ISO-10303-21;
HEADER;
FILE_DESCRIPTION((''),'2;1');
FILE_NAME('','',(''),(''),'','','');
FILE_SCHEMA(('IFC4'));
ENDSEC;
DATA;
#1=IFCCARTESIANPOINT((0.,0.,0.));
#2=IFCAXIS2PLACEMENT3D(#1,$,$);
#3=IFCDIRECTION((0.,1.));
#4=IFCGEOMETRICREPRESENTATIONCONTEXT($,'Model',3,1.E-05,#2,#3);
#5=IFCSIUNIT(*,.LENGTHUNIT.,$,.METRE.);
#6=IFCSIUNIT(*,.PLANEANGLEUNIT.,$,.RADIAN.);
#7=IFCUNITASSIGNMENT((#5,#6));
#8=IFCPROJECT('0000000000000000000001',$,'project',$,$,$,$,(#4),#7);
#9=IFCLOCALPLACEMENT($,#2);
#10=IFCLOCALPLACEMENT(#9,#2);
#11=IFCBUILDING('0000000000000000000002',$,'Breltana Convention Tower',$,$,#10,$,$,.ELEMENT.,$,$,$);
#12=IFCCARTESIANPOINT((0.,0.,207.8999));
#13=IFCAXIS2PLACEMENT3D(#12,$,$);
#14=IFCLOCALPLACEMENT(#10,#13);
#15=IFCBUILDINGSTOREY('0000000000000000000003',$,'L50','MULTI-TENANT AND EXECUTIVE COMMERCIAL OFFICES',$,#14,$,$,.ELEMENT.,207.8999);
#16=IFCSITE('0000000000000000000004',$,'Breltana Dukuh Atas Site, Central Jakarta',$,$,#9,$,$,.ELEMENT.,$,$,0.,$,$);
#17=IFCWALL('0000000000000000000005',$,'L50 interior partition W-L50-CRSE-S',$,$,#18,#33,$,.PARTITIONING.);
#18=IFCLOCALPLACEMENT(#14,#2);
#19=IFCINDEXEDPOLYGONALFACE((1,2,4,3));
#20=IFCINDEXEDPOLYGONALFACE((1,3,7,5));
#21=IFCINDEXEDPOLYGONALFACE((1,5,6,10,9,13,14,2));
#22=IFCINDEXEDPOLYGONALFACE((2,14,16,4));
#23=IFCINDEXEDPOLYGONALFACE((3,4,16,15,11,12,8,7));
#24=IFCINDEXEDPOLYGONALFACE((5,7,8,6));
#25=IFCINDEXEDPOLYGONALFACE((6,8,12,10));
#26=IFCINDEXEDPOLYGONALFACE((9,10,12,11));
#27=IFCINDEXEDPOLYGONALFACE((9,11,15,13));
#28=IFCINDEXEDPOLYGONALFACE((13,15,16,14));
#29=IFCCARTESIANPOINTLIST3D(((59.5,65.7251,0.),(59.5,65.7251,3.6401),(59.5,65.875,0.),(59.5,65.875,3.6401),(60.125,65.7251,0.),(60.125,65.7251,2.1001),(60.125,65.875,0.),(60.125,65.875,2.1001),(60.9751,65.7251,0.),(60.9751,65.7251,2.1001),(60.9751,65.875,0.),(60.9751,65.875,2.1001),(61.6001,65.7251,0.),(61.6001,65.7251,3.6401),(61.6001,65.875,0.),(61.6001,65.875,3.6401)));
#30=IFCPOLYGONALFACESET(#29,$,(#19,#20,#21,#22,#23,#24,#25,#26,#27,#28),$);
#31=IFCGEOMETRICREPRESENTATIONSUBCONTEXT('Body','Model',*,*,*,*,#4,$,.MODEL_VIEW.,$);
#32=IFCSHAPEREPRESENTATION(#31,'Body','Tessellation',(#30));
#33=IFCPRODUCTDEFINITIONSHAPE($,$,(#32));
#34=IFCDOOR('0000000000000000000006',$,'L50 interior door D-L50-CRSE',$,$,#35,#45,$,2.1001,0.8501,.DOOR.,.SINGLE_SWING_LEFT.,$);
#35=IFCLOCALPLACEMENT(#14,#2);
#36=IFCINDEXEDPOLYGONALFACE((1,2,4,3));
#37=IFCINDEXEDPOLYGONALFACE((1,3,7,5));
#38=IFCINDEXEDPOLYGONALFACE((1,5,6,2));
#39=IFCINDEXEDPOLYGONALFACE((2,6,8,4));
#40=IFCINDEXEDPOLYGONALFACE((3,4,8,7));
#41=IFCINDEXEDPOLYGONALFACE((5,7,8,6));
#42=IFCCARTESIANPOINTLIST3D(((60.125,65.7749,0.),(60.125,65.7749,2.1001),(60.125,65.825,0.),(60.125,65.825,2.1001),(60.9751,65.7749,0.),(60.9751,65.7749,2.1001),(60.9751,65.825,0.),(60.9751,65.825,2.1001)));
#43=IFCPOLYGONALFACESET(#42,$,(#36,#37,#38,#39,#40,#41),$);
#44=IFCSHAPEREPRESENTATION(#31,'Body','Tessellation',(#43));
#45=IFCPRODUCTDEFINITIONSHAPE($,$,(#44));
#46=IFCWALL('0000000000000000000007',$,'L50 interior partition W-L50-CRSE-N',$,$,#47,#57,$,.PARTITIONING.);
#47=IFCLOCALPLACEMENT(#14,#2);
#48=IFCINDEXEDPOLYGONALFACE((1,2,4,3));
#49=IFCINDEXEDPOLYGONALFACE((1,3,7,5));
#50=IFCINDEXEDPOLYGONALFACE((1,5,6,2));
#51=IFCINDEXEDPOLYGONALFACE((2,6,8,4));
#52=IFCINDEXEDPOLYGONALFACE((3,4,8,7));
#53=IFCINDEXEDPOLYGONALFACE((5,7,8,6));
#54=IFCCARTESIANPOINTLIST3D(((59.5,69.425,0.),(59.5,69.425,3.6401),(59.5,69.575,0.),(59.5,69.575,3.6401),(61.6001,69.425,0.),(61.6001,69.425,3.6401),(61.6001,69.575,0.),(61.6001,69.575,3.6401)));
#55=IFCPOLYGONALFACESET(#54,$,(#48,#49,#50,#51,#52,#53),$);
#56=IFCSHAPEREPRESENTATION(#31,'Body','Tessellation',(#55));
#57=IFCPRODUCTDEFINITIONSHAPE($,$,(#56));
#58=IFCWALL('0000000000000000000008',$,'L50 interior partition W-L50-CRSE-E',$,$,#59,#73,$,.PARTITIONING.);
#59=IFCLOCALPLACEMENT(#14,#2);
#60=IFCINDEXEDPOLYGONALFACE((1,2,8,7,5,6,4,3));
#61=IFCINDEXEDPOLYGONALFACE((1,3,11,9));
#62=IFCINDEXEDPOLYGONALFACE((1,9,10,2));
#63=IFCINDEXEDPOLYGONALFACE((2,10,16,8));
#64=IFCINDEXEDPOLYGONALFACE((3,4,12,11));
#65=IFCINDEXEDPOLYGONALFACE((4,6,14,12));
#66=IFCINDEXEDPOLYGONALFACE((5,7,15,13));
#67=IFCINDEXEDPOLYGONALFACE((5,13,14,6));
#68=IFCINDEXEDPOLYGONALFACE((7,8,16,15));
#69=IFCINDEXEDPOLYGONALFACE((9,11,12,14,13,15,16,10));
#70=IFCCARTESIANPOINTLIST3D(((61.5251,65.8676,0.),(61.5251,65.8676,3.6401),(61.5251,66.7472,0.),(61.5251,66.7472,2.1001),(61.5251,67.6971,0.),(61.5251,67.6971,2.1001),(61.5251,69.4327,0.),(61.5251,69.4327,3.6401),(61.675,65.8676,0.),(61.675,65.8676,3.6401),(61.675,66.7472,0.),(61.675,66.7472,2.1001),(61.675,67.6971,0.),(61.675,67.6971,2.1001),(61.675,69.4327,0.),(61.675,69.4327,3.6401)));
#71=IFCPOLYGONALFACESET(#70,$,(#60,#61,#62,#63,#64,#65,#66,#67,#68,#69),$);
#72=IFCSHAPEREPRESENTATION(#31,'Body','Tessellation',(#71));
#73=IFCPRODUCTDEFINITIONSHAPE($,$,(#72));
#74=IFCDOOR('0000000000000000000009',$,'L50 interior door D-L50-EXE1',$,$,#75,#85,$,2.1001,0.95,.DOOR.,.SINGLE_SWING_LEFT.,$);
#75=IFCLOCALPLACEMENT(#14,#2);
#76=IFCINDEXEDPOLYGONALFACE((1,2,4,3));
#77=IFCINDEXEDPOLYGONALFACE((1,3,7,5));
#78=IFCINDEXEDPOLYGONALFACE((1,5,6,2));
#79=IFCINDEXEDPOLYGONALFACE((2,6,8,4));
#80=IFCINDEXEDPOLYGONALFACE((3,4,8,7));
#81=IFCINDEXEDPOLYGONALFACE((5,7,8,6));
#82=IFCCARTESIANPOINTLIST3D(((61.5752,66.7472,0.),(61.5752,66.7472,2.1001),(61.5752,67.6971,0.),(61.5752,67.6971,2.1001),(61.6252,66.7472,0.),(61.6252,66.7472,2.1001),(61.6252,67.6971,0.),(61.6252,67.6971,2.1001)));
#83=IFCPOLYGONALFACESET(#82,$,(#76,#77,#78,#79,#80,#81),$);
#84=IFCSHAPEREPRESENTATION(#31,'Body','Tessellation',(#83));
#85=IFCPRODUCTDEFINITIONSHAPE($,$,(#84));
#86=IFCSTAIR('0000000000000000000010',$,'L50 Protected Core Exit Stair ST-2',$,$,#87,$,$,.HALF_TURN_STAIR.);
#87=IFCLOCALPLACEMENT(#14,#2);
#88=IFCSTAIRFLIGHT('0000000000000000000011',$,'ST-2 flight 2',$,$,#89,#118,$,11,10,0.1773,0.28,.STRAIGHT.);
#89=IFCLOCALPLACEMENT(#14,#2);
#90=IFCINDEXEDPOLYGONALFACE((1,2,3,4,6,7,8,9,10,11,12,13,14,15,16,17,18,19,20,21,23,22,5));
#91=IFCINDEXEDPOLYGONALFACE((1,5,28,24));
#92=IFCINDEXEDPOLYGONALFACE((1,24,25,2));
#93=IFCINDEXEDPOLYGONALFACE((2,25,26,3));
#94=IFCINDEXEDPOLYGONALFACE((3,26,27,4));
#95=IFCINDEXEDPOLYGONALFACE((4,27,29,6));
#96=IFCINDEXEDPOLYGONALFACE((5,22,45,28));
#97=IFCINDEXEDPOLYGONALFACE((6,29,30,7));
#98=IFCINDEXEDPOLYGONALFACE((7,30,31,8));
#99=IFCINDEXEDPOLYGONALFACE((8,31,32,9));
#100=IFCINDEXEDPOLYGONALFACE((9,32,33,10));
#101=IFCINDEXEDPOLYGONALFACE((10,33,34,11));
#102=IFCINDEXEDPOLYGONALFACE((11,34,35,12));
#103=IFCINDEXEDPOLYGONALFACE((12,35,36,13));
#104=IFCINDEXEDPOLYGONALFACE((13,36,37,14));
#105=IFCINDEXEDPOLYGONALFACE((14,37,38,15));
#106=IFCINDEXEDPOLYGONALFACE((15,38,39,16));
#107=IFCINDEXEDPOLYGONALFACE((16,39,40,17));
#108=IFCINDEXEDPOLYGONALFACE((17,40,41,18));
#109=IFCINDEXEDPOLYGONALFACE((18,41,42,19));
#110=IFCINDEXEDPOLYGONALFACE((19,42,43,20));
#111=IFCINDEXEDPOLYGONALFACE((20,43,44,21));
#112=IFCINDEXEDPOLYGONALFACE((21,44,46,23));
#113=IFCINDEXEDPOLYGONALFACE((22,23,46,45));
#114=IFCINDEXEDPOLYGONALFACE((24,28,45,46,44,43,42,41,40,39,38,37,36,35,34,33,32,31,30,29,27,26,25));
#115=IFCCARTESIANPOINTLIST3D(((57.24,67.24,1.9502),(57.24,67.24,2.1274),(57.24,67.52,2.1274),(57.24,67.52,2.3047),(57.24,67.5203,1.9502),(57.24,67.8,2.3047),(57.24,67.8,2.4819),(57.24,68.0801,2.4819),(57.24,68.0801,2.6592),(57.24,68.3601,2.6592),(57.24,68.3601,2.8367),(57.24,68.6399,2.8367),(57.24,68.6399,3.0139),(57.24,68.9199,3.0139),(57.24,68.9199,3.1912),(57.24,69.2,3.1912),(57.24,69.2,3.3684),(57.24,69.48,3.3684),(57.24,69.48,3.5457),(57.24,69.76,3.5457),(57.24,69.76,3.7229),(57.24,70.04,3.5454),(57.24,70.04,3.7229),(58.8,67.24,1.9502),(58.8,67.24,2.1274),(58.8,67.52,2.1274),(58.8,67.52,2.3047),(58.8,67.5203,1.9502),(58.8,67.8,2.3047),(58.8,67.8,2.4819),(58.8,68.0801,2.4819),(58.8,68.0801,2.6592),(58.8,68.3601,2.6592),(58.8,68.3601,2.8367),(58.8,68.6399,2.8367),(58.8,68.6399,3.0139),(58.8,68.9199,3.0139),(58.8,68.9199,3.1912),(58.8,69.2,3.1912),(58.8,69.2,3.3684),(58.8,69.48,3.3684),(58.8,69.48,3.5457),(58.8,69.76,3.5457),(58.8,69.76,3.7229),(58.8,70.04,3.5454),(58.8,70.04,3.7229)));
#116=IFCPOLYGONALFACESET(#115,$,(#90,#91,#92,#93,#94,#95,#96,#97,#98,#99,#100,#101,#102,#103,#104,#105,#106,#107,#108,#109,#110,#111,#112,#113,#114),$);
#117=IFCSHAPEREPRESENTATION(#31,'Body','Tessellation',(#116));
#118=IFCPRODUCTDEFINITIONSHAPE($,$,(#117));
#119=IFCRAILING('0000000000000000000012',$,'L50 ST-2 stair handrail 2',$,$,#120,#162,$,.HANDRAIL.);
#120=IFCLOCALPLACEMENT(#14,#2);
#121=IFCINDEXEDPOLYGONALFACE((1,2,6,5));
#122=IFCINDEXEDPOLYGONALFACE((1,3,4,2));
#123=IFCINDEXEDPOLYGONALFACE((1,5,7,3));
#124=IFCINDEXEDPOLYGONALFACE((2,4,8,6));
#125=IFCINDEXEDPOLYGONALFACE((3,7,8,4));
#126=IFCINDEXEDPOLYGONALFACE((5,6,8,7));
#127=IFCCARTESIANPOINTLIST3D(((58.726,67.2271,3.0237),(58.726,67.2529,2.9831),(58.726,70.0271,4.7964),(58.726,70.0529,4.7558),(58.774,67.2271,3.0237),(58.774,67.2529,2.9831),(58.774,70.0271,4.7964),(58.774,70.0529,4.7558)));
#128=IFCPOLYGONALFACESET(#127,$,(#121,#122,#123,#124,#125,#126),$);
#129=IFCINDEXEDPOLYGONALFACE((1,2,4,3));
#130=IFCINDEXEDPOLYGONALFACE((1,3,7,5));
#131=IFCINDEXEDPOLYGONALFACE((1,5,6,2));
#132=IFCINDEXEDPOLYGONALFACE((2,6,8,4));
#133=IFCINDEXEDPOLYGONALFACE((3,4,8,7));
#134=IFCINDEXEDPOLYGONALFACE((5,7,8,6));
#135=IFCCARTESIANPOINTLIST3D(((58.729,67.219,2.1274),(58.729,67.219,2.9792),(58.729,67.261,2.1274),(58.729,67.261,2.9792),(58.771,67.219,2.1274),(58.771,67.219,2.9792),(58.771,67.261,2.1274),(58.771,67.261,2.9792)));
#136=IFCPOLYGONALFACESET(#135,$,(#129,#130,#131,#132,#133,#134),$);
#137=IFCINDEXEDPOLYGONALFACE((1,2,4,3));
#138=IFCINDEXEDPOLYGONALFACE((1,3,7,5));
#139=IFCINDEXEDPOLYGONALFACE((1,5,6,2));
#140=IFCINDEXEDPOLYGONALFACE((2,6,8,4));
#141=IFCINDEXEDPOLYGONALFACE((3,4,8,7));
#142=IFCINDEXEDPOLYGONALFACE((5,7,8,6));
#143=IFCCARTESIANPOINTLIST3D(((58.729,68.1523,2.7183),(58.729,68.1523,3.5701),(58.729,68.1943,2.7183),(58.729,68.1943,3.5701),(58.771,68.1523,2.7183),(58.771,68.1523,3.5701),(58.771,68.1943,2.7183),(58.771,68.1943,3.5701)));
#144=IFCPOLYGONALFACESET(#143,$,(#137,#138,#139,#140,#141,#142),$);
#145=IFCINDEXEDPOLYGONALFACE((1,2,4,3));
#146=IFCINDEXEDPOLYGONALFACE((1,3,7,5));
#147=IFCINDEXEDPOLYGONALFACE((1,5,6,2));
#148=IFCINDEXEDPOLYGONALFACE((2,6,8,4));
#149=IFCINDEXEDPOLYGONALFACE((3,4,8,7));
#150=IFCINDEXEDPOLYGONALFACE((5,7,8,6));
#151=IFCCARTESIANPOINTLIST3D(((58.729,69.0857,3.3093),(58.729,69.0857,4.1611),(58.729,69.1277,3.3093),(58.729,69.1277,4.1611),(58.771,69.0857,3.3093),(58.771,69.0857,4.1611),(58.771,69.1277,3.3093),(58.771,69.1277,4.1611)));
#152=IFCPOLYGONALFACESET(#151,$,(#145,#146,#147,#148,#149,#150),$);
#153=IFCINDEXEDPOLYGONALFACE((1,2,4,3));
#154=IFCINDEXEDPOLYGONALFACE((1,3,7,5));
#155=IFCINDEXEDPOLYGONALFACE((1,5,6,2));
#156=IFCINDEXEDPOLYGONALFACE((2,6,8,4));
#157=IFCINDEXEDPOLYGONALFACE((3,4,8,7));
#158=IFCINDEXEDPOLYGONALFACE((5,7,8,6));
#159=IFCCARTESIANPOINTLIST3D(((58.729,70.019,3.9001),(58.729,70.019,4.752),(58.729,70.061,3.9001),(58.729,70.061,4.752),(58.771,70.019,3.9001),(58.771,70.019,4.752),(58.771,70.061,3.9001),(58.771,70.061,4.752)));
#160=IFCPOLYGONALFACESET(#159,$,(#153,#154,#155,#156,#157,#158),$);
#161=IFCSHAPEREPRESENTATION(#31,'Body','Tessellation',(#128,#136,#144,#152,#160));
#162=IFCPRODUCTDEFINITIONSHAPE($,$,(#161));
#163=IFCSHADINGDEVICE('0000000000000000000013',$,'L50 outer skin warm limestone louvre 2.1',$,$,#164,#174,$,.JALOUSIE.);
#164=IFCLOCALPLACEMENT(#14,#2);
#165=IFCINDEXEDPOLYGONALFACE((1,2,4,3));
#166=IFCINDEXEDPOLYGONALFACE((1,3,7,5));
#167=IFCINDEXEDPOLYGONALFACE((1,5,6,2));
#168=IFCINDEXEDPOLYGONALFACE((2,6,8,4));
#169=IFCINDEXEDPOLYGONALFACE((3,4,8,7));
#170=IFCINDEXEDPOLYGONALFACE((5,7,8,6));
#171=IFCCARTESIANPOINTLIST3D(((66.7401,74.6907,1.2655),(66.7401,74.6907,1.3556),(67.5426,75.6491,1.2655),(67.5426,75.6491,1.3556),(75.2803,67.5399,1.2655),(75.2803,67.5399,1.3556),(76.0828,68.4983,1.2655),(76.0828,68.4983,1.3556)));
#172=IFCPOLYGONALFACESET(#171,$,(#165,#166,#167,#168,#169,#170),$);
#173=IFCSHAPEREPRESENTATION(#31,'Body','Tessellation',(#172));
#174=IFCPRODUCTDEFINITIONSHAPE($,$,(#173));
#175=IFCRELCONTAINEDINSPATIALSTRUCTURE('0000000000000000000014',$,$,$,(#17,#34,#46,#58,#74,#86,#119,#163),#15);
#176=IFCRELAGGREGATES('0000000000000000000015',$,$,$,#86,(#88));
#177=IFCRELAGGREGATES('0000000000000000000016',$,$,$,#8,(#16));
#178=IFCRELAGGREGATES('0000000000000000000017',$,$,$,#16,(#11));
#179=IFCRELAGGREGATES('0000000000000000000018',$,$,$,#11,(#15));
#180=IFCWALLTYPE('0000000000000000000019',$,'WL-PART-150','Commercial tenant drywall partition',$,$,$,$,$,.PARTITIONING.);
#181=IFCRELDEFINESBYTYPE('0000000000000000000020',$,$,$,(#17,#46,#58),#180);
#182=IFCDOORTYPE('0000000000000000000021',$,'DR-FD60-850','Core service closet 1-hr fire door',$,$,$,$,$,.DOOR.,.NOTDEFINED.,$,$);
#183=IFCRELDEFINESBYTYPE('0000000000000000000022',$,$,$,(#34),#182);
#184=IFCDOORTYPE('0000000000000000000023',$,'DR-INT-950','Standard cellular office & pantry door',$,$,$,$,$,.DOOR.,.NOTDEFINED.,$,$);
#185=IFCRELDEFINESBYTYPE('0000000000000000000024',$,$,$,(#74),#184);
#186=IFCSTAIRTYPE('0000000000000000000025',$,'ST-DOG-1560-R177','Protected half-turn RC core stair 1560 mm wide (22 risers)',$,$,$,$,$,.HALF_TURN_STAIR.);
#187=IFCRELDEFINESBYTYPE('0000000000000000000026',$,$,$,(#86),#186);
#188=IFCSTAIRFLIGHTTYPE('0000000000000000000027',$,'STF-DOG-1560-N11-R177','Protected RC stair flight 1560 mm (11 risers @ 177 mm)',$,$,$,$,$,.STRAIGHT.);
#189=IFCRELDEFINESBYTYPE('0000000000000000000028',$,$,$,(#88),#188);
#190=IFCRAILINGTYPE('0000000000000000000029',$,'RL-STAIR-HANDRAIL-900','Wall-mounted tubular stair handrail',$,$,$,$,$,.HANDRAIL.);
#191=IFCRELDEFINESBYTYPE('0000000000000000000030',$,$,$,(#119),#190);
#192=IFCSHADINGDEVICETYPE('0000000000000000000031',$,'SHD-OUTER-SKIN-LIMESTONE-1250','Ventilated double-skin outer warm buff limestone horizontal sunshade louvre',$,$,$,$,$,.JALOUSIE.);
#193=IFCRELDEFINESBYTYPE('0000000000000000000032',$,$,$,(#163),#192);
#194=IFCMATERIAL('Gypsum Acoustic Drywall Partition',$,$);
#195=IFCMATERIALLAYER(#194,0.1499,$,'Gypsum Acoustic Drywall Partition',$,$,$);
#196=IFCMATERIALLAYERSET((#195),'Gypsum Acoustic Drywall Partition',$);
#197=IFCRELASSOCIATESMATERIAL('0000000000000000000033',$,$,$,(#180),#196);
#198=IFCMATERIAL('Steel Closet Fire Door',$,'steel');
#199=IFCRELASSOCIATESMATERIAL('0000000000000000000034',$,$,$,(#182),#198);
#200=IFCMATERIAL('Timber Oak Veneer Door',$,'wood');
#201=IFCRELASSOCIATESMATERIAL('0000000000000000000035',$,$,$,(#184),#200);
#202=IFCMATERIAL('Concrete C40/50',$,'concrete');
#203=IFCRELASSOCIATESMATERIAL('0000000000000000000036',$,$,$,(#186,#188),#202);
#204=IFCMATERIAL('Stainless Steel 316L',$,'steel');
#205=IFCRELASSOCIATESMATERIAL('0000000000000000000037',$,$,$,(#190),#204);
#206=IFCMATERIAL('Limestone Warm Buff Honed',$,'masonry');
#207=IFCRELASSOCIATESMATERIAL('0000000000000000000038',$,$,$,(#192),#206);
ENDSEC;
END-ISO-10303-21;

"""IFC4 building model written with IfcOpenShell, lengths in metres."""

from ifc_helpers import new_model, si_unit, direction, frame, frame_2d, origin, origin_2d, place, context, subcontext, project, spatial, polyline, rectangle, outline, extrude, source, transform, mapped, material, layer, layer_set, material_profile, profile_set, type_object, type_shapes, element, fill, aggregate, save


model = new_model("IFC4")

# Units and contexts
model_context = context("Model", 3, precision=1e-05, world=origin(), true_north=direction((0.0, 1.0)))
body_context = subcontext(model_context, "Body", "Model", "MODEL_VIEW")
ifc_project = project(units=[si_unit("LENGTHUNIT", "METRE"), si_unit("PLANEANGLEUNIT", "RADIAN")], contexts=[model_context])

# Site, building, storey
site_placement = place(None, origin())
site = spatial("IfcSite", under=ifc_project, at=site_placement, Name="Breltana Dukuh Atas Site, Central Jakarta", CompositionType="ELEMENT", RefElevation=0.0)
building_placement = place(site_placement, origin())
building = spatial("IfcBuilding", under=site, at=building_placement, Name="Breltana Convention Tower", CompositionType="ELEMENT")
storey_placement = place(building_placement, frame((0.0, 0.0, 207.8999)))
storey = spatial("IfcBuildingStorey", under=building, at=storey_placement, Name="L50", Description="MULTI-TENANT AND EXECUTIVE COMMERCIAL OFFICES", CompositionType="ELEMENT", Elevation=207.8999)

# Wall, opening, door
ifc_material_1 = material(Name="Gypsum Acoustic Drywall Partition")
ifc_layer_1 = layer(ifc_material_1, 0.1499, Name="Gypsum Acoustic Drywall Partition")
ifc_layer_set_1 = layer_set([ifc_layer_1], Name="Gypsum Acoustic Drywall Partition")
wall_type_1 = type_object("IfcWallType", Name="WL-PART-150", Description="Commercial tenant drywall partition", PredefinedType="PARTITIONING", material=ifc_layer_set_1)
shared_shape_1 = source(origin(), body_context, "Body", "SweptSolid", [
    extrude(rectangle(XDim=2.1001, YDim=0.1499, at=frame_2d((1.05, 0.0))), origin(), (0.0, 0.0, 1.0), 3.6401),
])
wall_1_placement = place(storey_placement, frame((59.5, 65.8, 0.0), z_axis=(0.0, 0.0, 1.0), x_axis=(1.0, 0.0, 0.0)))
wall_1 = element("IfcWall", 1, at=wall_1_placement, inside=storey, type_object=wall_type_1, Name="L50 interior partition W-L50-CRSE-S", PredefinedType="PARTITIONING", context=body_context, shape_type="MappedRepresentation", body=[
    mapped(shared_shape_1, transform((0.0, 0.0, 0.0), scale=1.0)),
])
opening_1_placement = place(wall_1_placement, frame((0.625, 0.0, 0.0)))
opening_1 = element("IfcOpeningElement", 2, at=opening_1_placement, cuts=wall_1, PredefinedType="OPENING", context=body_context, shape_type="SweptSolid", body=[
    extrude(rectangle(XDim=0.8501, YDim=2.1001, at=frame_2d((0.425, 1.05))), frame((0.0, 0.085, 0.0), z_axis=(0.0, -1.0, 0.0), x_axis=(1.0, 0.0, 0.0)), (0.0, 0.0, 1.0), 0.1699),
])
ifc_material_2 = material(Name="Steel Closet Fire Door", Category="steel")
door_type_1 = type_object("IfcDoorType", Name="DR-FD60-850", Description="Core service closet 1-hr fire door", OperationType="NOTDEFINED", PredefinedType="DOOR", material=ifc_material_2)
shared_shape_2 = source(origin(), body_context, "Body", "SweptSolid", [
    extrude(rectangle(XDim=0.8501, YDim=2.1001, at=frame_2d((0.425, 1.05))), frame((0.0, 0.0249, 0.0), z_axis=(0.0, -1.0, 0.0), x_axis=(1.0, 0.0, 0.0)), (0.0, 0.0, 1.0), 0.05),
])
type_shapes(door_type_1, [shared_shape_2])
door_1_placement = place(opening_1_placement, origin())
door_1 = element("IfcDoor", 3, at=door_1_placement, inside=storey, type_object=door_type_1, Name="L50 interior door D-L50-CRSE", OperationType="SINGLE_SWING_LEFT", OverallHeight=2.1001, OverallWidth=0.8501, PredefinedType="DOOR", context=body_context, shape_type="MappedRepresentation", body=[
    mapped(shared_shape_2, transform((0.0, 0.0, 0.0), scale=1.0)),
])
fill(opening_1, door_1)

# Wall
wall_2_placement = place(storey_placement, frame((59.5, 69.5, 0.0), z_axis=(0.0, 0.0, 1.0), x_axis=(1.0, 0.0, 0.0)))
element("IfcWall", 4, at=wall_2_placement, inside=storey, type_object=wall_type_1, Name="L50 interior partition W-L50-CRSE-N", PredefinedType="PARTITIONING", context=body_context, shape_type="MappedRepresentation", body=[
    mapped(shared_shape_1, transform((0.0, 0.0, 0.0), scale=1.0)),
])

# Wall, opening, door
shared_shape_3 = source(origin(), body_context, "Body", "SweptSolid", [
    extrude(rectangle(XDim=3.5652, YDim=0.1499, at=frame_2d((1.7827, 0.0))), origin(), (0.0, 0.0, 1.0), 3.6401),
])
wall_3_placement = place(storey_placement, frame((61.6001, 65.8674, 0.0), z_axis=(0.0, 0.0, 1.0), x_axis=(0.0, 1.0, 0.0)))
wall_3 = element("IfcWall", 5, at=wall_3_placement, inside=storey, type_object=wall_type_1, Name="L50 interior partition W-L50-CRSE-E", PredefinedType="PARTITIONING", context=body_context, shape_type="MappedRepresentation", body=[
    mapped(shared_shape_3, transform((0.0, 0.0, 0.0), scale=1.0)),
])
opening_2_placement = place(wall_3_placement, frame((0.8796, 0.0, 0.0)))
opening_2 = element("IfcOpeningElement", 6, at=opening_2_placement, cuts=wall_3, PredefinedType="OPENING", context=body_context, shape_type="SweptSolid", body=[
    extrude(rectangle(XDim=0.95, YDim=2.1001, at=frame_2d((0.4751, 1.05))), frame((0.0, 0.085, 0.0), z_axis=(0.0, -1.0, 0.0), x_axis=(1.0, 0.0, 0.0)), (0.0, 0.0, 1.0), 0.1699),
])
ifc_material_3 = material(Name="Timber Oak Veneer Door", Category="wood")
door_type_2 = type_object("IfcDoorType", Name="DR-INT-950", Description="Standard cellular office & pantry door", OperationType="NOTDEFINED", PredefinedType="DOOR", material=ifc_material_3)
shared_shape_4 = source(origin(), body_context, "Body", "SweptSolid", [
    extrude(rectangle(XDim=0.95, YDim=2.1001, at=frame_2d((0.4751, 1.05))), frame((0.0, 0.0249, 0.0), z_axis=(0.0, -1.0, 0.0), x_axis=(1.0, 0.0, 0.0)), (0.0, 0.0, 1.0), 0.05),
])
type_shapes(door_type_2, [shared_shape_4])
door_2_placement = place(opening_2_placement, origin())
door_2 = element("IfcDoor", 7, at=door_2_placement, inside=storey, type_object=door_type_2, Name="L50 interior door D-L50-EXE1", OperationType="SINGLE_SWING_LEFT", OverallHeight=2.1001, OverallWidth=0.95, PredefinedType="DOOR", context=body_context, shape_type="MappedRepresentation", body=[
    mapped(shared_shape_4, transform((0.0, 0.0, 0.0), scale=1.0)),
])
fill(opening_2, door_2)

# Stair, stair flight
ifc_material_4 = material(Name="Concrete C40/50", Category="concrete")
stair_type = type_object("IfcStairType", Name="ST-DOG-1560-R177", Description="Protected half-turn RC core stair 1560 mm wide (22 risers)", PredefinedType="HALF_TURN_STAIR", material=ifc_material_4)
stair_placement = place(storey_placement, origin())
stair = element("IfcStair", 8, at=stair_placement, inside=storey, type_object=stair_type, Name="L50 Protected Core Exit Stair ST-2", PredefinedType="HALF_TURN_STAIR")
stair_flight_type = type_object("IfcStairFlightType", Name="STF-DOG-1560-N11-R177", Description="Protected RC stair flight 1560 mm (11 risers @ 177 mm)", PredefinedType="STRAIGHT", material=ifc_material_4)
stair_flight_placement = place(storey_placement, frame((58.02, 67.24, 1.9502), z_axis=(0.0, 0.0, 1.0), x_axis=(0.0, 1.0, 0.0)))
stair_flight = element("IfcStairFlight", 9, at=stair_flight_placement, type_object=stair_flight_type, Name="ST-2 flight 2", NumberOfRisers=11, NumberOfTreads=10, PredefinedType="STRAIGHT", RiserHeight=0.1773, TreadLength=0.28, context=body_context, shape_type="SweptSolid", body=[
    extrude(outline(polyline([(0.0, 0.0), (0.0, 0.1772), (0.28, 0.1772), (0.28, 0.3545), (0.5601, 0.3545), (0.5601, 0.5317), (0.8401, 0.5317), (0.8401, 0.709), (1.1201, 0.709), (1.1201, 0.8865), (1.3999, 0.8865), (1.3999, 1.0637), (1.6799, 1.0637), (1.6799, 1.241), (1.96, 1.241), (1.96, 1.4182), (2.24, 1.4182), (2.24, 1.5955), (2.52, 1.5955), (2.52, 1.7727), (2.8, 1.7727), (2.8, 1.95), (2.8, 1.5952), (0.2803, 0.0), (0.0, 0.0)])), frame((0.0, 0.78, 0.0), z_axis=(0.0, -1.0, 0.0), x_axis=(1.0, 0.0, 0.0)), (0.0, 0.0, 1.0), 1.5601),
])
aggregate(stair, [stair_flight])

# Railing
ifc_material_5 = material(Name="Stainless Steel 316L", Category="steel")
railing_type = type_object("IfcRailingType", Name="RL-STAIR-HANDRAIL-900", Description="Wall-mounted tubular stair handrail", PredefinedType="HANDRAIL", material=ifc_material_5)
railing_placement = place(storey_placement, frame((58.75, 67.24, 2.1274)))
element("IfcRailing", 10, at=railing_placement, inside=storey, type_object=railing_type, Name="L50 ST-2 stair handrail 2", PredefinedType="HANDRAIL", context=body_context, shape_type="SweptSolid", body=[
    extrude(rectangle(XDim=0.0481, YDim=0.0481, at=origin_2d()), frame((0.0, 0.0, 0.876), z_axis=(0.0, 0.844909, 0.53491), x_axis=(-1.0, 0.0, 0.0)), (0.0, 0.0, 1.0), 3.314),
    extrude(rectangle(XDim=0.042, YDim=0.042, at=origin_2d()), origin(), (0.0, 0.0, 1.0), 0.8518),
    extrude(rectangle(XDim=0.042, YDim=0.042, at=origin_2d()), frame((0.0, 0.9333, 0.5908)), (0.0, 0.0, 1.0), 0.8518),
    extrude(rectangle(XDim=0.042, YDim=0.042, at=origin_2d()), frame((0.0, 1.8667, 1.1819)), (0.0, 0.0, 1.0), 0.8518),
    extrude(rectangle(XDim=0.042, YDim=0.042, at=origin_2d()), frame((0.0, 2.8, 1.7727)), (0.0, 0.0, 1.0), 0.8518),
])

# Shading device
ifc_material_6 = material(Name="Limestone Warm Buff Honed", Category="masonry")
ifc_material_profile_1 = material_profile(ifc_material_6, rectangle(XDim=1.25, YDim=0.0901, at=origin_2d()), Name="STN-LVR-1250X90")
ifc_profile_set_1 = profile_set([ifc_material_profile_1], Name="Limestone Warm Buff Honed")
shading_device_type = type_object("IfcShadingDeviceType", Name="SHD-OUTER-SKIN-LIMESTONE-1250", Description="Ventilated double-skin outer warm buff limestone horizontal sunshade louvre", PredefinedType="JALOUSIE", material=ifc_profile_set_1)
shared_shape_5 = source(origin(), body_context, "Body", "SweptSolid", [
    extrude(rectangle(XDim=1.25, YDim=0.0901, at=origin_2d()), origin(), (0.0, 0.0, 1.0), 11.1387),
])
for number, where, z_axis, x_axis, name in (
    (11, (67.1414, 75.1699, 1.3105), (0.766719, -0.641983, 0.0), (0.641983, 0.766719, 0.0), "L50 outer skin warm limestone louvre 2.1"),
):
    element("IfcShadingDevice", number, at=place(storey_placement, frame(where, z_axis=z_axis, x_axis=x_axis)), inside=storey, type_object=shading_device_type, Name=name, PredefinedType="JALOUSIE", context=body_context, shape_type="MappedRepresentation", body=[
        mapped(shared_shape_5, transform((0.0, 0.0, 0.0), scale=1.0)),
    ])

save(model, "model.ifc")
